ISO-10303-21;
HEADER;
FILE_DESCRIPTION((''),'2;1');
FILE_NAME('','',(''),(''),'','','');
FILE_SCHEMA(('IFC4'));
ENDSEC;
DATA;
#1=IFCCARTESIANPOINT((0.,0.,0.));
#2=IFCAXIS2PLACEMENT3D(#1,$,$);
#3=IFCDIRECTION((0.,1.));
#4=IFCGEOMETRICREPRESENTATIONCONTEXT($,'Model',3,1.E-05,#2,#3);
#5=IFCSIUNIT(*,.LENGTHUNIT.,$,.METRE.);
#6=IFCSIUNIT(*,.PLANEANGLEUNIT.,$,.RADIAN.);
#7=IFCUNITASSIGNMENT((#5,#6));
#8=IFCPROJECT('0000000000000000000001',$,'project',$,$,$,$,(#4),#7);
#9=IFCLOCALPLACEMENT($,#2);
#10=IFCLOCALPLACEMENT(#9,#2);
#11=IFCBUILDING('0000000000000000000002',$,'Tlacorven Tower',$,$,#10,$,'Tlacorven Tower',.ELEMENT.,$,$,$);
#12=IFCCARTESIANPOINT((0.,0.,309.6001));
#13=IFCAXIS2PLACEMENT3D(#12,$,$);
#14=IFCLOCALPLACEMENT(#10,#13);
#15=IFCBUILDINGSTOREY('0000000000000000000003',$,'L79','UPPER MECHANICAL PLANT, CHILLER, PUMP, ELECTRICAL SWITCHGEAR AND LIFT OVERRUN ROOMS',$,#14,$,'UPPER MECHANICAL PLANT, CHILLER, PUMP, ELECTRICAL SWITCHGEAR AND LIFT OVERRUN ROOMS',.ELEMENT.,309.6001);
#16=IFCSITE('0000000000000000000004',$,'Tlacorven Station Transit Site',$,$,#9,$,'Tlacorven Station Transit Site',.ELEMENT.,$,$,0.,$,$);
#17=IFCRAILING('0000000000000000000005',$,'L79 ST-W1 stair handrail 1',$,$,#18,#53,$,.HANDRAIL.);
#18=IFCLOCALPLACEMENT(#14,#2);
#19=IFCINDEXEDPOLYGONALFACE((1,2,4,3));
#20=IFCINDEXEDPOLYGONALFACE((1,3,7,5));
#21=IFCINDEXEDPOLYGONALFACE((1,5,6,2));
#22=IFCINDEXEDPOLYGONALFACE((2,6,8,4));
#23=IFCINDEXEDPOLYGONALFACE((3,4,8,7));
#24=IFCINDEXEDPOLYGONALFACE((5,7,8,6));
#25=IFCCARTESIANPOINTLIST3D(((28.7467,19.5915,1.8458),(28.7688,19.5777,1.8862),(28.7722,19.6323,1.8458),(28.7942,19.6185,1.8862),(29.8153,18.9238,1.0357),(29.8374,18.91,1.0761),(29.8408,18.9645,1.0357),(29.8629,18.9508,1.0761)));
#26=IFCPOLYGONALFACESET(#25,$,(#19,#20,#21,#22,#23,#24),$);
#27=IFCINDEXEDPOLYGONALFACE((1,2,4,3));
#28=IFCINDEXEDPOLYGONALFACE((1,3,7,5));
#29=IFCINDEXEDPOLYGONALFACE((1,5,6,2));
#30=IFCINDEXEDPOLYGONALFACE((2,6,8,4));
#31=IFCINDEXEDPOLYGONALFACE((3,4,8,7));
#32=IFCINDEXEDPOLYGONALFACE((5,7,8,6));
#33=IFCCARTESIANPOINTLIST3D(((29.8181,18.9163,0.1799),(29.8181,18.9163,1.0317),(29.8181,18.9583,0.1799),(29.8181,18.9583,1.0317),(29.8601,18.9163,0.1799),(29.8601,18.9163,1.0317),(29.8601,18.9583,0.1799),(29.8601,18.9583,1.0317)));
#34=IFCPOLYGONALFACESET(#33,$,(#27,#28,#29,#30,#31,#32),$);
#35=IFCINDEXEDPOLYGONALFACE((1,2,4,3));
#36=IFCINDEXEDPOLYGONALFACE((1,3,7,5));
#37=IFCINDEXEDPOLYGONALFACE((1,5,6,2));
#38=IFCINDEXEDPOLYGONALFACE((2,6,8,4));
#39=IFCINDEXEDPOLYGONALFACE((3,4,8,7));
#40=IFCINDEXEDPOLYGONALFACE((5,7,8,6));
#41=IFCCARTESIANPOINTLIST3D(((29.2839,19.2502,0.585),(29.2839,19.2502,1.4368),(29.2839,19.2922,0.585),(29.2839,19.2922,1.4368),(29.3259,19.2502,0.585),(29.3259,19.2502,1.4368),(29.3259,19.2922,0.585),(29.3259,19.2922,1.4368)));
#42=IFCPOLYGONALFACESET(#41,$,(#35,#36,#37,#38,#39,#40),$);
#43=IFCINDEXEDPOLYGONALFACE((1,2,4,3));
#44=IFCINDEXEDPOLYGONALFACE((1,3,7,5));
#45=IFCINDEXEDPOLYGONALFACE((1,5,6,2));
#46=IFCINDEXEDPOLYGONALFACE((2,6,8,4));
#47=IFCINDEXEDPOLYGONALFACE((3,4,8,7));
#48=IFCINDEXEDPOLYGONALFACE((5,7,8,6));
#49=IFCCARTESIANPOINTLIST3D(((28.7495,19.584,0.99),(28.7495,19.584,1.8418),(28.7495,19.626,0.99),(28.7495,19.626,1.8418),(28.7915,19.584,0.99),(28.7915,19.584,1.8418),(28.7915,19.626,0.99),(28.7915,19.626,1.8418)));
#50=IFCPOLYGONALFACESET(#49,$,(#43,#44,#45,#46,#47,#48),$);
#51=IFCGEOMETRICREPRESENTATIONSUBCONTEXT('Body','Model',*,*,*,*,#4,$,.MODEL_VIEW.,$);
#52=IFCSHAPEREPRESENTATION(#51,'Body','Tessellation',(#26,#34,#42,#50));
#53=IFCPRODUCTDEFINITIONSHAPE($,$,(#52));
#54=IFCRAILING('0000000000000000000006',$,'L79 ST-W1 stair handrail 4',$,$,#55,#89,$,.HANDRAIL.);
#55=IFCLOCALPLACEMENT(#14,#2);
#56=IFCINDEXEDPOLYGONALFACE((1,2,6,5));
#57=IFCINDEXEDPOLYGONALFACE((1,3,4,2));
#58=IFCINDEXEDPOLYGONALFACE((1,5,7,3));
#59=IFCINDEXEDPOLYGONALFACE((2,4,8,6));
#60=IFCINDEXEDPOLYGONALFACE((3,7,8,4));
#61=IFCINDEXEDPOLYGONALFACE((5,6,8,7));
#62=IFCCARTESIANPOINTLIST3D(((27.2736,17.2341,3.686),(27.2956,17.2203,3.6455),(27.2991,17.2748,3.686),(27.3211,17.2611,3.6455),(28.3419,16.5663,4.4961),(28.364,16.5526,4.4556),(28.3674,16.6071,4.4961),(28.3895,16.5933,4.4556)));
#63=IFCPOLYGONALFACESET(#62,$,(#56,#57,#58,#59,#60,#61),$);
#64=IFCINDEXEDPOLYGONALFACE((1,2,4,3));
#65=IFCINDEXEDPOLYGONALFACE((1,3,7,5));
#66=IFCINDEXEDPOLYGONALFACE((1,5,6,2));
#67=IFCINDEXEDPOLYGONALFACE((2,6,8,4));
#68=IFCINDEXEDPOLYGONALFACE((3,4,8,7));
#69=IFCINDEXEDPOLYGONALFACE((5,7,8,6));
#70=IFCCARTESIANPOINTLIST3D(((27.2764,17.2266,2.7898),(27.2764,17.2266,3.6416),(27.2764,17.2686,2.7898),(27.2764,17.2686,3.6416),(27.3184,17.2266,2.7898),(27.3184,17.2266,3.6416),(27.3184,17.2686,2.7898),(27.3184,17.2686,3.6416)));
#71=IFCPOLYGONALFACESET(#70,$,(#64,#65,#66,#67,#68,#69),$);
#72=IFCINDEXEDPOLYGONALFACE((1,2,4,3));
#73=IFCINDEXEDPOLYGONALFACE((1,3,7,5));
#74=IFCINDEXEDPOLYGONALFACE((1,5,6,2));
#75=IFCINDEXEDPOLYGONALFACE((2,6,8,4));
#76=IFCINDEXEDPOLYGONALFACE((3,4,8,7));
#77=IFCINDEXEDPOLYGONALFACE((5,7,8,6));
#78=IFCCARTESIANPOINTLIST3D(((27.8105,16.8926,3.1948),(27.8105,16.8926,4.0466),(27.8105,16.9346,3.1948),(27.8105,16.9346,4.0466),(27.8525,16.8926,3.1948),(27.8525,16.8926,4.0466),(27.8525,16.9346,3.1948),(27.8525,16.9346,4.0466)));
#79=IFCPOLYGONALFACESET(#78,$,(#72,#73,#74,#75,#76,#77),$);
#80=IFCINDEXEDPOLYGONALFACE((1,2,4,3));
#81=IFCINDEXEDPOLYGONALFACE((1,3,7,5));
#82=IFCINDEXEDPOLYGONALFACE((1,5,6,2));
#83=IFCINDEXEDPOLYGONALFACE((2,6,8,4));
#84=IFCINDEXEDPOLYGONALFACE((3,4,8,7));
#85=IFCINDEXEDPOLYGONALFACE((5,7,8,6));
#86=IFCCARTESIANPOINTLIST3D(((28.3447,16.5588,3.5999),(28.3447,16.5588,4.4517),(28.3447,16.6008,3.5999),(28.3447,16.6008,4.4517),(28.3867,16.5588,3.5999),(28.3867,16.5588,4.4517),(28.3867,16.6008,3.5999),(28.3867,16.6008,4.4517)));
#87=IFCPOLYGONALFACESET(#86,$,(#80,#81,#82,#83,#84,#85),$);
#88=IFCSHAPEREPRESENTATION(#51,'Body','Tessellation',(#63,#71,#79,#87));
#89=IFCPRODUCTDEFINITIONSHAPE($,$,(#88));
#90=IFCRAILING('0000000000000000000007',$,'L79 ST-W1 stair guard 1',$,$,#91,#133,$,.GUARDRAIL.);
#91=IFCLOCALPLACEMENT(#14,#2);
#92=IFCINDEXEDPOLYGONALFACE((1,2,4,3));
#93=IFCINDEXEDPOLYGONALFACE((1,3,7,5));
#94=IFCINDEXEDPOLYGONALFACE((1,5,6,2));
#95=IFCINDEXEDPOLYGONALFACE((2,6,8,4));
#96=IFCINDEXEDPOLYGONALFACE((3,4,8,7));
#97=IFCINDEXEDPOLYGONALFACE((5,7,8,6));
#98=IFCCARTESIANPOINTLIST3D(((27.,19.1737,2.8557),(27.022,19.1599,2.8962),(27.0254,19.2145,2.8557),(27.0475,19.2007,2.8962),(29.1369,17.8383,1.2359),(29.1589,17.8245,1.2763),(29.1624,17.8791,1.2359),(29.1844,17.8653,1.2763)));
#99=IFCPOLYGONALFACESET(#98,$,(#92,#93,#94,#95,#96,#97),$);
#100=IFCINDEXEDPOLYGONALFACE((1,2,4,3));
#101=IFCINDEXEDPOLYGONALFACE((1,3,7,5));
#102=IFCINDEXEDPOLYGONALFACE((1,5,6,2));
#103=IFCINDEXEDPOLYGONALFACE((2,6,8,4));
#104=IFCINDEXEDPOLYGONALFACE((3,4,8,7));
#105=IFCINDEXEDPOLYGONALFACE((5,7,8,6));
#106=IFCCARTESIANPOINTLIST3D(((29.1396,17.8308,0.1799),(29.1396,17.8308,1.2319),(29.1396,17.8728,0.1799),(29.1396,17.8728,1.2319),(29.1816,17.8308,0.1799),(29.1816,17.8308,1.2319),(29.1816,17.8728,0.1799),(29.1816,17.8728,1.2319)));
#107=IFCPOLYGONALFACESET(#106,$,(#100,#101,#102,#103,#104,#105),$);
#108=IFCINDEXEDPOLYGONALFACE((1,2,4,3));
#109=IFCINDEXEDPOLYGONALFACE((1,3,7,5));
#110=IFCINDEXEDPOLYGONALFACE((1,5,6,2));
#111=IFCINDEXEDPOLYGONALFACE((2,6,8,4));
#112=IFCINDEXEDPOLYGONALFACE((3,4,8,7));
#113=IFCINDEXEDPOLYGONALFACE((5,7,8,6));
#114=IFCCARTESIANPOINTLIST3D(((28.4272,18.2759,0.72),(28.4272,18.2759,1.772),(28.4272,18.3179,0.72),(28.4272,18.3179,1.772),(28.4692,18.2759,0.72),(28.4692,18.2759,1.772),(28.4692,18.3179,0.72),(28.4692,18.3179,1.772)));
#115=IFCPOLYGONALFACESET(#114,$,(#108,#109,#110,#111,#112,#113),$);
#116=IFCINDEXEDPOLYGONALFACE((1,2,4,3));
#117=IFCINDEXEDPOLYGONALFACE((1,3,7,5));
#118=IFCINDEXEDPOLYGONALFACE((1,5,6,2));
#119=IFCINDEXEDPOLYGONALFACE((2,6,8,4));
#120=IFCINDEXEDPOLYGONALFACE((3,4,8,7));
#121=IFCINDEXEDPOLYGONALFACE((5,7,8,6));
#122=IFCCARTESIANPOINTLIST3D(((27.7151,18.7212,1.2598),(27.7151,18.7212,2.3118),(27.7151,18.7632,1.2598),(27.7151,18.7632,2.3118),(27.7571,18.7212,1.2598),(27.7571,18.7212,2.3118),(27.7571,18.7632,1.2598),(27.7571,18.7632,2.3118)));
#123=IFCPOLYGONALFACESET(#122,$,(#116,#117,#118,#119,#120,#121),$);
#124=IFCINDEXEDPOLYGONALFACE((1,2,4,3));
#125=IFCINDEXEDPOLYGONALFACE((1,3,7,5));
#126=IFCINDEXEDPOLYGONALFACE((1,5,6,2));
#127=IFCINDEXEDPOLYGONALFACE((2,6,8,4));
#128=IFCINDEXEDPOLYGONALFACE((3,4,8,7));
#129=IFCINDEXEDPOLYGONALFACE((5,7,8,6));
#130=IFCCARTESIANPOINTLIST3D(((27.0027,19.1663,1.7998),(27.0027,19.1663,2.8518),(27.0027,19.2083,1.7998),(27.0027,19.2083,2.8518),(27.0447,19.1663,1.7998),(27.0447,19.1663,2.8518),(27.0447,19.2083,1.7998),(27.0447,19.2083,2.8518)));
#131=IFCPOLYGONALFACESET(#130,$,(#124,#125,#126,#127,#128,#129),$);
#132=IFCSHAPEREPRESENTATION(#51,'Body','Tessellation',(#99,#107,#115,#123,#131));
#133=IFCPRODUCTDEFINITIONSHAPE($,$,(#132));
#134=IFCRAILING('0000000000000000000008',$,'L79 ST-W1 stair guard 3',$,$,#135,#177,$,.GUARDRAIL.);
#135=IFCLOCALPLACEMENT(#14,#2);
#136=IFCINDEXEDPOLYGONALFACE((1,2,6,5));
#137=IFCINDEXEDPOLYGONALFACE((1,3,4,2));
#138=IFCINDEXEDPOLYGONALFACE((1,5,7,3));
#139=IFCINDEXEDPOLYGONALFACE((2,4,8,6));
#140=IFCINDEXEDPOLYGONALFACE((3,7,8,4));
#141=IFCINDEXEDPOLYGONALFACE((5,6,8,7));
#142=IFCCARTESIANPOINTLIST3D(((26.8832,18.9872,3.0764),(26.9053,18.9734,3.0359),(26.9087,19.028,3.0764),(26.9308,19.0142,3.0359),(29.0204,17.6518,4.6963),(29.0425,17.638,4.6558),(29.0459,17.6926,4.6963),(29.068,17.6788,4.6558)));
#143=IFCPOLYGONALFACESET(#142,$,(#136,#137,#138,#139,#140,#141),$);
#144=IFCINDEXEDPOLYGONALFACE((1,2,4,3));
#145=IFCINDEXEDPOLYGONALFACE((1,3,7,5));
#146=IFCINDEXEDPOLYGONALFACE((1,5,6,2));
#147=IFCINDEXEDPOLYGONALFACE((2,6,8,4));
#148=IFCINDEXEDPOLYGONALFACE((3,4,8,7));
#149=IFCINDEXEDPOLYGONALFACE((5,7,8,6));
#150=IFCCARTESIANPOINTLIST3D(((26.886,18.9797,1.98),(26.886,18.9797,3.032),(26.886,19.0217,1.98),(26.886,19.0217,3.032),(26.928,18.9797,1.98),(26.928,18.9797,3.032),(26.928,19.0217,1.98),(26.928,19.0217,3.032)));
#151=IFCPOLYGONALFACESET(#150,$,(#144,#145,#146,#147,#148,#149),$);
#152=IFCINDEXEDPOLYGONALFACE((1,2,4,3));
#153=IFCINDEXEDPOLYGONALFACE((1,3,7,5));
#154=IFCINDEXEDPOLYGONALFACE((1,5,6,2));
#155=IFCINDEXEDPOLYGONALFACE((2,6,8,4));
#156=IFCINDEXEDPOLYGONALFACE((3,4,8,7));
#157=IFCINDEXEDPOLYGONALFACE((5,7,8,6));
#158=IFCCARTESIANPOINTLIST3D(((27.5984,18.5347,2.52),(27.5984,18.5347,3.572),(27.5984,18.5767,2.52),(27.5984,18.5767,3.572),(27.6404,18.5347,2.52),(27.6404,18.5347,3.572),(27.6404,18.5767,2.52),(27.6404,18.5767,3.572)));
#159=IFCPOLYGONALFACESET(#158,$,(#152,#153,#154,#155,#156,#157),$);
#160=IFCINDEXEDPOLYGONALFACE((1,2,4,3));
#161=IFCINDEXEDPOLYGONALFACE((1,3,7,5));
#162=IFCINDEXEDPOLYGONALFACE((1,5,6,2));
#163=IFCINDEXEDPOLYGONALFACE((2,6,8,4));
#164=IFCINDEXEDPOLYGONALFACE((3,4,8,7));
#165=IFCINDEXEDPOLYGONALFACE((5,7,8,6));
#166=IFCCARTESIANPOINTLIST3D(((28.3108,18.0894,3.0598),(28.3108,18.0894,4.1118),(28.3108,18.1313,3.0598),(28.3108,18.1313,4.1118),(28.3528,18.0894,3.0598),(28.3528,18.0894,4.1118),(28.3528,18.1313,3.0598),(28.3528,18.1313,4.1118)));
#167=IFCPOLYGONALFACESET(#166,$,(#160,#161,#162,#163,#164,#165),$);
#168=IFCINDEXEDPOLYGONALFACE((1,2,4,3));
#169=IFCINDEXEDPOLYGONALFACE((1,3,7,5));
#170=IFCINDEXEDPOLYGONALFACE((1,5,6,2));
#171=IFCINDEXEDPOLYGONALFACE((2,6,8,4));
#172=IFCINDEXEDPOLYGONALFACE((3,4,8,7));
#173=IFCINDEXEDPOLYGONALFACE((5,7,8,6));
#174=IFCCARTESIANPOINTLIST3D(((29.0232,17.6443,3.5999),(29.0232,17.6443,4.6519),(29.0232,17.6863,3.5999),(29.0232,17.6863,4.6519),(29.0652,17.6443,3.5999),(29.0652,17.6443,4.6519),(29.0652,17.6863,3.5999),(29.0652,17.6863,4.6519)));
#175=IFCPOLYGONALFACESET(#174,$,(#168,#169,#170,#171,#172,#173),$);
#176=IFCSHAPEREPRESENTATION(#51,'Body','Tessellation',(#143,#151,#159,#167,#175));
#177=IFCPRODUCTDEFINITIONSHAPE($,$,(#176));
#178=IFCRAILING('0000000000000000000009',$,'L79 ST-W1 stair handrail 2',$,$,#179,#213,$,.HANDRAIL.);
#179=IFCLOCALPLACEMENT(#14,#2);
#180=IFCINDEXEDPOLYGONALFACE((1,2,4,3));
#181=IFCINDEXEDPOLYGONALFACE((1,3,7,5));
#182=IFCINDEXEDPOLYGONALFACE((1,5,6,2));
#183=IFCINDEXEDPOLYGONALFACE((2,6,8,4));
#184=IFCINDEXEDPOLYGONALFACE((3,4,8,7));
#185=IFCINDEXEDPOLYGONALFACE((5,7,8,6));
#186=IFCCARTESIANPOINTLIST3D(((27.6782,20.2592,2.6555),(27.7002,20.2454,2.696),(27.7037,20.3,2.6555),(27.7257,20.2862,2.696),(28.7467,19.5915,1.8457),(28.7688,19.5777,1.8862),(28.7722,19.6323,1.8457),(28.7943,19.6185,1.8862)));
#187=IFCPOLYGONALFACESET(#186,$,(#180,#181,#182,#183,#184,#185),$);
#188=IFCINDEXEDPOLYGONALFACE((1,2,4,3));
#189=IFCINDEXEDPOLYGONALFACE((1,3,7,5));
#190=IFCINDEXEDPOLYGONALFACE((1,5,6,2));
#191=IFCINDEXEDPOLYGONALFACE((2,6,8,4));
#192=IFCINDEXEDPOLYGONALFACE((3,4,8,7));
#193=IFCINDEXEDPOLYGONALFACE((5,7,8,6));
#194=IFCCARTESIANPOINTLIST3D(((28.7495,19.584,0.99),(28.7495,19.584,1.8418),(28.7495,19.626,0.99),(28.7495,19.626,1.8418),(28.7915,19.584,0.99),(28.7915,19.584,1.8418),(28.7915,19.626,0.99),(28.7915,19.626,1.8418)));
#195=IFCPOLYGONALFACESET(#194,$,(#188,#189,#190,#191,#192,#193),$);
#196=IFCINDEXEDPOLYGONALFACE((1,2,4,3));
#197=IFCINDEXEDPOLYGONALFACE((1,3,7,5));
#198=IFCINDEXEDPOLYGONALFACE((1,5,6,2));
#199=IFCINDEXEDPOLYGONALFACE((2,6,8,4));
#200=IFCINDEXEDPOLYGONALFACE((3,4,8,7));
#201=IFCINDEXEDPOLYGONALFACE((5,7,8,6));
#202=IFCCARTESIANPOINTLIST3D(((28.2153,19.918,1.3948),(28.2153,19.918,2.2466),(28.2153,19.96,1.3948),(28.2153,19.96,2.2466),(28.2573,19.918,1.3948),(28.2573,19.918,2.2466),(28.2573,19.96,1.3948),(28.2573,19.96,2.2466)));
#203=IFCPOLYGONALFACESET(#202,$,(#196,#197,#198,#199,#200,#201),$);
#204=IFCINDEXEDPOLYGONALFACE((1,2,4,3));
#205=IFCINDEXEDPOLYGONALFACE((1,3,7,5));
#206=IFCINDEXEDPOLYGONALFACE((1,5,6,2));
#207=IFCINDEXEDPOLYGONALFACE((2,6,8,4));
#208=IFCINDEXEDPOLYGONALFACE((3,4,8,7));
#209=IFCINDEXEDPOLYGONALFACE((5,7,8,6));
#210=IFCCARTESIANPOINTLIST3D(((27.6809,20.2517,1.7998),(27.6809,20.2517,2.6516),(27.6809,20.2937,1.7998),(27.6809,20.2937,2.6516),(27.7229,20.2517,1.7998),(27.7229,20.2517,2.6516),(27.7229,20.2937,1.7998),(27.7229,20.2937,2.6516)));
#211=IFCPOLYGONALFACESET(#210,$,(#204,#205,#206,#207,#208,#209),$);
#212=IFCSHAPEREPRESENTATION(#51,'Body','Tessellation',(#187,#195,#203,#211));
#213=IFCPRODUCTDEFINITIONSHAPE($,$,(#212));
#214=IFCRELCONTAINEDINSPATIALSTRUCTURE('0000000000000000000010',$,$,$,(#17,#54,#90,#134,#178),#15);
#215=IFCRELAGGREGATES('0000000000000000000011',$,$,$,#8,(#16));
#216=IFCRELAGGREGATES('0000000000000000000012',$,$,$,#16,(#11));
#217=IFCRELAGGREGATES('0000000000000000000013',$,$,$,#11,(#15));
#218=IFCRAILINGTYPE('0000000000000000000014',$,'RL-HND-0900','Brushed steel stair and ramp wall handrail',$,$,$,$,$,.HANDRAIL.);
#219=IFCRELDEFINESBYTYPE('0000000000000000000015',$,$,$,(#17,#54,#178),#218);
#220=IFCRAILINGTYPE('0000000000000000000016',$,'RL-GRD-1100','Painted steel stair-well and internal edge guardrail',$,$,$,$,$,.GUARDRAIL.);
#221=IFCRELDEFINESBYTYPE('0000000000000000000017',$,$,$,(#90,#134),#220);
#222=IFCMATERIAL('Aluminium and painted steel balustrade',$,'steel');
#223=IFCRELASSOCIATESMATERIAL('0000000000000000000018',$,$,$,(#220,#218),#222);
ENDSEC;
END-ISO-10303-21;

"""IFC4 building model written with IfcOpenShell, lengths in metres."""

from ifc_helpers import new_model, si_unit, direction, frame, origin, origin_2d, place, context, subcontext, project, spatial, rectangle, extrude, source, transform, mapped, material, type_object, element, save


model = new_model("IFC4")

# Units and contexts
model_context = context("Model", 3, precision=1e-05, world=origin(), true_north=direction((0.0, 1.0)))
body_context = subcontext(model_context, "Body", "Model", "MODEL_VIEW")
ifc_project = project(units=[si_unit("LENGTHUNIT", "METRE"), si_unit("PLANEANGLEUNIT", "RADIAN")], contexts=[model_context])

# Site, building, storey
site_placement = place(None, origin())
site = spatial("IfcSite", under=ifc_project, at=site_placement, Name="Tlacorven Station Transit Site", LongName="Tlacorven Station Transit Site", CompositionType="ELEMENT", RefElevation=0.0)
building_placement = place(site_placement, origin())
building = spatial("IfcBuilding", under=site, at=building_placement, Name="Tlacorven Tower", LongName="Tlacorven Tower", CompositionType="ELEMENT")
storey_placement = place(building_placement, frame((0.0, 0.0, 309.6001)))
storey = spatial("IfcBuildingStorey", under=building, at=storey_placement, Name="L79", Description="UPPER MECHANICAL PLANT, CHILLER, PUMP, ELECTRICAL SWITCHGEAR AND LIFT OVERRUN ROOMS", LongName="UPPER MECHANICAL PLANT, CHILLER, PUMP, ELECTRICAL SWITCHGEAR AND LIFT OVERRUN ROOMS", CompositionType="ELEMENT", Elevation=309.6001)

# Railings
ifc_material_1 = material(Name="Aluminium and painted steel balustrade", Category="steel")
railing_type_1 = type_object("IfcRailingType", Name="RL-GRD-1100", Description="Painted steel stair-well and internal edge guardrail", PredefinedType="GUARDRAIL", material=ifc_material_1)
railing_type_2 = type_object("IfcRailingType", Name="RL-HND-0900", Description="Brushed steel stair and ramp wall handrail", PredefinedType="HANDRAIL", material=ifc_material_1)
shared_shape_1 = source(origin(), body_context, "Body", "SweptSolid", [
    extrude(rectangle(XDim=0.0481, YDim=0.0481, at=origin_2d()), frame((0.0, 0.0, 0.876), z_axis=(-0.71336, 0.445748, 0.540765), x_axis=(-0.529912, -0.848053, 0.0)), (0.0, 0.0, 1.0), 1.498),
    extrude(rectangle(XDim=0.042, YDim=0.042, at=origin_2d()), origin(), (0.0, 0.0, 1.0), 0.8518),
    extrude(rectangle(XDim=0.042, YDim=0.042, at=origin_2d()), frame((-0.5342, 0.334, 0.405)), (0.0, 0.0, 1.0), 0.8518),
    extrude(rectangle(XDim=0.042, YDim=0.042, at=origin_2d()), frame((-1.0686, 0.6677, 0.8101)), (0.0, 0.0, 1.0), 0.8518),
])
railing_1_placement = place(storey_placement, frame((29.8391, 18.9373, 0.1799)))
element("IfcRailing", 1, at=railing_1_placement, inside=storey, type_object=railing_type_2, Name="L79 ST-W1 stair handrail 1", PredefinedType="HANDRAIL", context=body_context, shape_type="MappedRepresentation", body=[
    mapped(shared_shape_1, transform((0.0, 0.0, 0.0), scale=1.0)),
])
shared_shape_2 = source(origin(), body_context, "Body", "SweptSolid", [
    extrude(rectangle(XDim=0.0481, YDim=0.0481, at=origin_2d()), frame((0.0, 0.0, 0.876), z_axis=(0.71328, -0.4458, 0.540828), x_axis=(0.529999, 0.847998, 0.0)), (0.0, 0.0, 1.0), 1.4978),
    extrude(rectangle(XDim=0.042, YDim=0.042, at=origin_2d()), origin(), (0.0, 0.0, 1.0), 0.8518),
    extrude(rectangle(XDim=0.042, YDim=0.042, at=origin_2d()), frame((0.5342, -0.334, 0.405)), (0.0, 0.0, 1.0), 0.8518),
    extrude(rectangle(XDim=0.042, YDim=0.042, at=origin_2d()), frame((1.0684, -0.6677, 0.8101)), (0.0, 0.0, 1.0), 0.8518),
])
railing_2_placement = place(storey_placement, frame((27.2974, 17.2476, 2.7898)))
element("IfcRailing", 2, at=railing_2_placement, inside=storey, type_object=railing_type_2, Name="L79 ST-W1 stair handrail 4", PredefinedType="HANDRAIL", context=body_context, shape_type="MappedRepresentation", body=[
    mapped(shared_shape_2, transform((0.0, 0.0, 0.0), scale=1.0)),
])
shared_shape_3 = source(origin(), body_context, "Body", "SweptSolid", [
    extrude(rectangle(XDim=0.0481, YDim=0.0481, at=origin_2d()), frame((0.0, 0.0, 1.0762), z_axis=(-0.713351, 0.445794, 0.540739), x_axis=(-0.529955, -0.848026, 0.0)), (0.0, 0.0, 1.0), 2.9956),
    extrude(rectangle(XDim=0.042, YDim=0.042, at=origin_2d()), origin(), (0.0, 0.0, 1.0), 1.052),
    extrude(rectangle(XDim=0.042, YDim=0.042, at=origin_2d()), frame((-0.7124, 0.4451, 0.54)), (0.0, 0.0, 1.0), 1.052),
    extrude(rectangle(XDim=0.042, YDim=0.042, at=origin_2d()), frame((-1.4246, 0.8904, 1.0798)), (0.0, 0.0, 1.0), 1.052),
    extrude(rectangle(XDim=0.042, YDim=0.042, at=origin_2d()), frame((-2.137, 1.3354, 1.6199)), (0.0, 0.0, 1.0), 1.052),
])
railing_3_placement = place(storey_placement, frame((29.1606, 17.8518, 0.1799)))
element("IfcRailing", 3, at=railing_3_placement, inside=storey, type_object=railing_type_1, Name="L79 ST-W1 stair guard 1", PredefinedType="GUARDRAIL", context=body_context, shape_type="MappedRepresentation", body=[
    mapped(shared_shape_3, transform((0.0, 0.0, 0.0), scale=1.0)),
])
shared_shape_4 = source(origin(), body_context, "Body", "SweptSolid", [
    extrude(rectangle(XDim=0.0481, YDim=0.0481, at=origin_2d()), frame((0.0, 0.0, 1.0762), z_axis=(0.713391, -0.445768, 0.540707), x_axis=(0.529912, 0.848053, 0.0)), (0.0, 0.0, 1.0), 2.9958),
    extrude(rectangle(XDim=0.042, YDim=0.042, at=origin_2d()), origin(), (0.0, 0.0, 1.0), 1.052),
    extrude(rectangle(XDim=0.042, YDim=0.042, at=origin_2d()), frame((0.7124, -0.4451, 0.54)), (0.0, 0.0, 1.0), 1.052),
    extrude(rectangle(XDim=0.042, YDim=0.042, at=origin_2d()), frame((1.4248, -0.8904, 1.0798)), (0.0, 0.0, 1.0), 1.052),
    extrude(rectangle(XDim=0.042, YDim=0.042, at=origin_2d()), frame((2.1372, -1.3354, 1.6199)), (0.0, 0.0, 1.0), 1.052),
])
railing_4_placement = place(storey_placement, frame((26.907, 19.0007, 1.98)))
element("IfcRailing", 4, at=railing_4_placement, inside=storey, type_object=railing_type_1, Name="L79 ST-W1 stair guard 3", PredefinedType="GUARDRAIL", context=body_context, shape_type="MappedRepresentation", body=[
    mapped(shared_shape_4, transform((0.0, 0.0, 0.0), scale=1.0)),
])
shared_shape_5 = source(origin(), body_context, "Body", "SweptSolid", [
    extrude(rectangle(XDim=0.0481, YDim=0.0481, at=origin_2d()), frame((0.0, 0.0, 0.876), z_axis=(-0.713423, 0.445787, 0.540649), x_axis=(-0.529912, -0.848053, 0.0)), (0.0, 0.0, 1.0), 1.4978),
    extrude(rectangle(XDim=0.042, YDim=0.042, at=origin_2d()), origin(), (0.0, 0.0, 1.0), 0.8518),
    extrude(rectangle(XDim=0.042, YDim=0.042, at=origin_2d()), frame((-0.5342, 0.334, 0.4048)), (0.0, 0.0, 1.0), 0.8518),
    extrude(rectangle(XDim=0.042, YDim=0.042, at=origin_2d()), frame((-1.0686, 0.6677, 0.8098)), (0.0, 0.0, 1.0), 0.8518),
])
railing_5_placement = place(storey_placement, frame((28.7705, 19.605, 0.99)))
element("IfcRailing", 5, at=railing_5_placement, inside=storey, type_object=railing_type_2, Name="L79 ST-W1 stair handrail 2", PredefinedType="HANDRAIL", context=body_context, shape_type="MappedRepresentation", body=[
    mapped(shared_shape_5, transform((0.0, 0.0, 0.0), scale=1.0)),
])

save(model, "model.ifc")
